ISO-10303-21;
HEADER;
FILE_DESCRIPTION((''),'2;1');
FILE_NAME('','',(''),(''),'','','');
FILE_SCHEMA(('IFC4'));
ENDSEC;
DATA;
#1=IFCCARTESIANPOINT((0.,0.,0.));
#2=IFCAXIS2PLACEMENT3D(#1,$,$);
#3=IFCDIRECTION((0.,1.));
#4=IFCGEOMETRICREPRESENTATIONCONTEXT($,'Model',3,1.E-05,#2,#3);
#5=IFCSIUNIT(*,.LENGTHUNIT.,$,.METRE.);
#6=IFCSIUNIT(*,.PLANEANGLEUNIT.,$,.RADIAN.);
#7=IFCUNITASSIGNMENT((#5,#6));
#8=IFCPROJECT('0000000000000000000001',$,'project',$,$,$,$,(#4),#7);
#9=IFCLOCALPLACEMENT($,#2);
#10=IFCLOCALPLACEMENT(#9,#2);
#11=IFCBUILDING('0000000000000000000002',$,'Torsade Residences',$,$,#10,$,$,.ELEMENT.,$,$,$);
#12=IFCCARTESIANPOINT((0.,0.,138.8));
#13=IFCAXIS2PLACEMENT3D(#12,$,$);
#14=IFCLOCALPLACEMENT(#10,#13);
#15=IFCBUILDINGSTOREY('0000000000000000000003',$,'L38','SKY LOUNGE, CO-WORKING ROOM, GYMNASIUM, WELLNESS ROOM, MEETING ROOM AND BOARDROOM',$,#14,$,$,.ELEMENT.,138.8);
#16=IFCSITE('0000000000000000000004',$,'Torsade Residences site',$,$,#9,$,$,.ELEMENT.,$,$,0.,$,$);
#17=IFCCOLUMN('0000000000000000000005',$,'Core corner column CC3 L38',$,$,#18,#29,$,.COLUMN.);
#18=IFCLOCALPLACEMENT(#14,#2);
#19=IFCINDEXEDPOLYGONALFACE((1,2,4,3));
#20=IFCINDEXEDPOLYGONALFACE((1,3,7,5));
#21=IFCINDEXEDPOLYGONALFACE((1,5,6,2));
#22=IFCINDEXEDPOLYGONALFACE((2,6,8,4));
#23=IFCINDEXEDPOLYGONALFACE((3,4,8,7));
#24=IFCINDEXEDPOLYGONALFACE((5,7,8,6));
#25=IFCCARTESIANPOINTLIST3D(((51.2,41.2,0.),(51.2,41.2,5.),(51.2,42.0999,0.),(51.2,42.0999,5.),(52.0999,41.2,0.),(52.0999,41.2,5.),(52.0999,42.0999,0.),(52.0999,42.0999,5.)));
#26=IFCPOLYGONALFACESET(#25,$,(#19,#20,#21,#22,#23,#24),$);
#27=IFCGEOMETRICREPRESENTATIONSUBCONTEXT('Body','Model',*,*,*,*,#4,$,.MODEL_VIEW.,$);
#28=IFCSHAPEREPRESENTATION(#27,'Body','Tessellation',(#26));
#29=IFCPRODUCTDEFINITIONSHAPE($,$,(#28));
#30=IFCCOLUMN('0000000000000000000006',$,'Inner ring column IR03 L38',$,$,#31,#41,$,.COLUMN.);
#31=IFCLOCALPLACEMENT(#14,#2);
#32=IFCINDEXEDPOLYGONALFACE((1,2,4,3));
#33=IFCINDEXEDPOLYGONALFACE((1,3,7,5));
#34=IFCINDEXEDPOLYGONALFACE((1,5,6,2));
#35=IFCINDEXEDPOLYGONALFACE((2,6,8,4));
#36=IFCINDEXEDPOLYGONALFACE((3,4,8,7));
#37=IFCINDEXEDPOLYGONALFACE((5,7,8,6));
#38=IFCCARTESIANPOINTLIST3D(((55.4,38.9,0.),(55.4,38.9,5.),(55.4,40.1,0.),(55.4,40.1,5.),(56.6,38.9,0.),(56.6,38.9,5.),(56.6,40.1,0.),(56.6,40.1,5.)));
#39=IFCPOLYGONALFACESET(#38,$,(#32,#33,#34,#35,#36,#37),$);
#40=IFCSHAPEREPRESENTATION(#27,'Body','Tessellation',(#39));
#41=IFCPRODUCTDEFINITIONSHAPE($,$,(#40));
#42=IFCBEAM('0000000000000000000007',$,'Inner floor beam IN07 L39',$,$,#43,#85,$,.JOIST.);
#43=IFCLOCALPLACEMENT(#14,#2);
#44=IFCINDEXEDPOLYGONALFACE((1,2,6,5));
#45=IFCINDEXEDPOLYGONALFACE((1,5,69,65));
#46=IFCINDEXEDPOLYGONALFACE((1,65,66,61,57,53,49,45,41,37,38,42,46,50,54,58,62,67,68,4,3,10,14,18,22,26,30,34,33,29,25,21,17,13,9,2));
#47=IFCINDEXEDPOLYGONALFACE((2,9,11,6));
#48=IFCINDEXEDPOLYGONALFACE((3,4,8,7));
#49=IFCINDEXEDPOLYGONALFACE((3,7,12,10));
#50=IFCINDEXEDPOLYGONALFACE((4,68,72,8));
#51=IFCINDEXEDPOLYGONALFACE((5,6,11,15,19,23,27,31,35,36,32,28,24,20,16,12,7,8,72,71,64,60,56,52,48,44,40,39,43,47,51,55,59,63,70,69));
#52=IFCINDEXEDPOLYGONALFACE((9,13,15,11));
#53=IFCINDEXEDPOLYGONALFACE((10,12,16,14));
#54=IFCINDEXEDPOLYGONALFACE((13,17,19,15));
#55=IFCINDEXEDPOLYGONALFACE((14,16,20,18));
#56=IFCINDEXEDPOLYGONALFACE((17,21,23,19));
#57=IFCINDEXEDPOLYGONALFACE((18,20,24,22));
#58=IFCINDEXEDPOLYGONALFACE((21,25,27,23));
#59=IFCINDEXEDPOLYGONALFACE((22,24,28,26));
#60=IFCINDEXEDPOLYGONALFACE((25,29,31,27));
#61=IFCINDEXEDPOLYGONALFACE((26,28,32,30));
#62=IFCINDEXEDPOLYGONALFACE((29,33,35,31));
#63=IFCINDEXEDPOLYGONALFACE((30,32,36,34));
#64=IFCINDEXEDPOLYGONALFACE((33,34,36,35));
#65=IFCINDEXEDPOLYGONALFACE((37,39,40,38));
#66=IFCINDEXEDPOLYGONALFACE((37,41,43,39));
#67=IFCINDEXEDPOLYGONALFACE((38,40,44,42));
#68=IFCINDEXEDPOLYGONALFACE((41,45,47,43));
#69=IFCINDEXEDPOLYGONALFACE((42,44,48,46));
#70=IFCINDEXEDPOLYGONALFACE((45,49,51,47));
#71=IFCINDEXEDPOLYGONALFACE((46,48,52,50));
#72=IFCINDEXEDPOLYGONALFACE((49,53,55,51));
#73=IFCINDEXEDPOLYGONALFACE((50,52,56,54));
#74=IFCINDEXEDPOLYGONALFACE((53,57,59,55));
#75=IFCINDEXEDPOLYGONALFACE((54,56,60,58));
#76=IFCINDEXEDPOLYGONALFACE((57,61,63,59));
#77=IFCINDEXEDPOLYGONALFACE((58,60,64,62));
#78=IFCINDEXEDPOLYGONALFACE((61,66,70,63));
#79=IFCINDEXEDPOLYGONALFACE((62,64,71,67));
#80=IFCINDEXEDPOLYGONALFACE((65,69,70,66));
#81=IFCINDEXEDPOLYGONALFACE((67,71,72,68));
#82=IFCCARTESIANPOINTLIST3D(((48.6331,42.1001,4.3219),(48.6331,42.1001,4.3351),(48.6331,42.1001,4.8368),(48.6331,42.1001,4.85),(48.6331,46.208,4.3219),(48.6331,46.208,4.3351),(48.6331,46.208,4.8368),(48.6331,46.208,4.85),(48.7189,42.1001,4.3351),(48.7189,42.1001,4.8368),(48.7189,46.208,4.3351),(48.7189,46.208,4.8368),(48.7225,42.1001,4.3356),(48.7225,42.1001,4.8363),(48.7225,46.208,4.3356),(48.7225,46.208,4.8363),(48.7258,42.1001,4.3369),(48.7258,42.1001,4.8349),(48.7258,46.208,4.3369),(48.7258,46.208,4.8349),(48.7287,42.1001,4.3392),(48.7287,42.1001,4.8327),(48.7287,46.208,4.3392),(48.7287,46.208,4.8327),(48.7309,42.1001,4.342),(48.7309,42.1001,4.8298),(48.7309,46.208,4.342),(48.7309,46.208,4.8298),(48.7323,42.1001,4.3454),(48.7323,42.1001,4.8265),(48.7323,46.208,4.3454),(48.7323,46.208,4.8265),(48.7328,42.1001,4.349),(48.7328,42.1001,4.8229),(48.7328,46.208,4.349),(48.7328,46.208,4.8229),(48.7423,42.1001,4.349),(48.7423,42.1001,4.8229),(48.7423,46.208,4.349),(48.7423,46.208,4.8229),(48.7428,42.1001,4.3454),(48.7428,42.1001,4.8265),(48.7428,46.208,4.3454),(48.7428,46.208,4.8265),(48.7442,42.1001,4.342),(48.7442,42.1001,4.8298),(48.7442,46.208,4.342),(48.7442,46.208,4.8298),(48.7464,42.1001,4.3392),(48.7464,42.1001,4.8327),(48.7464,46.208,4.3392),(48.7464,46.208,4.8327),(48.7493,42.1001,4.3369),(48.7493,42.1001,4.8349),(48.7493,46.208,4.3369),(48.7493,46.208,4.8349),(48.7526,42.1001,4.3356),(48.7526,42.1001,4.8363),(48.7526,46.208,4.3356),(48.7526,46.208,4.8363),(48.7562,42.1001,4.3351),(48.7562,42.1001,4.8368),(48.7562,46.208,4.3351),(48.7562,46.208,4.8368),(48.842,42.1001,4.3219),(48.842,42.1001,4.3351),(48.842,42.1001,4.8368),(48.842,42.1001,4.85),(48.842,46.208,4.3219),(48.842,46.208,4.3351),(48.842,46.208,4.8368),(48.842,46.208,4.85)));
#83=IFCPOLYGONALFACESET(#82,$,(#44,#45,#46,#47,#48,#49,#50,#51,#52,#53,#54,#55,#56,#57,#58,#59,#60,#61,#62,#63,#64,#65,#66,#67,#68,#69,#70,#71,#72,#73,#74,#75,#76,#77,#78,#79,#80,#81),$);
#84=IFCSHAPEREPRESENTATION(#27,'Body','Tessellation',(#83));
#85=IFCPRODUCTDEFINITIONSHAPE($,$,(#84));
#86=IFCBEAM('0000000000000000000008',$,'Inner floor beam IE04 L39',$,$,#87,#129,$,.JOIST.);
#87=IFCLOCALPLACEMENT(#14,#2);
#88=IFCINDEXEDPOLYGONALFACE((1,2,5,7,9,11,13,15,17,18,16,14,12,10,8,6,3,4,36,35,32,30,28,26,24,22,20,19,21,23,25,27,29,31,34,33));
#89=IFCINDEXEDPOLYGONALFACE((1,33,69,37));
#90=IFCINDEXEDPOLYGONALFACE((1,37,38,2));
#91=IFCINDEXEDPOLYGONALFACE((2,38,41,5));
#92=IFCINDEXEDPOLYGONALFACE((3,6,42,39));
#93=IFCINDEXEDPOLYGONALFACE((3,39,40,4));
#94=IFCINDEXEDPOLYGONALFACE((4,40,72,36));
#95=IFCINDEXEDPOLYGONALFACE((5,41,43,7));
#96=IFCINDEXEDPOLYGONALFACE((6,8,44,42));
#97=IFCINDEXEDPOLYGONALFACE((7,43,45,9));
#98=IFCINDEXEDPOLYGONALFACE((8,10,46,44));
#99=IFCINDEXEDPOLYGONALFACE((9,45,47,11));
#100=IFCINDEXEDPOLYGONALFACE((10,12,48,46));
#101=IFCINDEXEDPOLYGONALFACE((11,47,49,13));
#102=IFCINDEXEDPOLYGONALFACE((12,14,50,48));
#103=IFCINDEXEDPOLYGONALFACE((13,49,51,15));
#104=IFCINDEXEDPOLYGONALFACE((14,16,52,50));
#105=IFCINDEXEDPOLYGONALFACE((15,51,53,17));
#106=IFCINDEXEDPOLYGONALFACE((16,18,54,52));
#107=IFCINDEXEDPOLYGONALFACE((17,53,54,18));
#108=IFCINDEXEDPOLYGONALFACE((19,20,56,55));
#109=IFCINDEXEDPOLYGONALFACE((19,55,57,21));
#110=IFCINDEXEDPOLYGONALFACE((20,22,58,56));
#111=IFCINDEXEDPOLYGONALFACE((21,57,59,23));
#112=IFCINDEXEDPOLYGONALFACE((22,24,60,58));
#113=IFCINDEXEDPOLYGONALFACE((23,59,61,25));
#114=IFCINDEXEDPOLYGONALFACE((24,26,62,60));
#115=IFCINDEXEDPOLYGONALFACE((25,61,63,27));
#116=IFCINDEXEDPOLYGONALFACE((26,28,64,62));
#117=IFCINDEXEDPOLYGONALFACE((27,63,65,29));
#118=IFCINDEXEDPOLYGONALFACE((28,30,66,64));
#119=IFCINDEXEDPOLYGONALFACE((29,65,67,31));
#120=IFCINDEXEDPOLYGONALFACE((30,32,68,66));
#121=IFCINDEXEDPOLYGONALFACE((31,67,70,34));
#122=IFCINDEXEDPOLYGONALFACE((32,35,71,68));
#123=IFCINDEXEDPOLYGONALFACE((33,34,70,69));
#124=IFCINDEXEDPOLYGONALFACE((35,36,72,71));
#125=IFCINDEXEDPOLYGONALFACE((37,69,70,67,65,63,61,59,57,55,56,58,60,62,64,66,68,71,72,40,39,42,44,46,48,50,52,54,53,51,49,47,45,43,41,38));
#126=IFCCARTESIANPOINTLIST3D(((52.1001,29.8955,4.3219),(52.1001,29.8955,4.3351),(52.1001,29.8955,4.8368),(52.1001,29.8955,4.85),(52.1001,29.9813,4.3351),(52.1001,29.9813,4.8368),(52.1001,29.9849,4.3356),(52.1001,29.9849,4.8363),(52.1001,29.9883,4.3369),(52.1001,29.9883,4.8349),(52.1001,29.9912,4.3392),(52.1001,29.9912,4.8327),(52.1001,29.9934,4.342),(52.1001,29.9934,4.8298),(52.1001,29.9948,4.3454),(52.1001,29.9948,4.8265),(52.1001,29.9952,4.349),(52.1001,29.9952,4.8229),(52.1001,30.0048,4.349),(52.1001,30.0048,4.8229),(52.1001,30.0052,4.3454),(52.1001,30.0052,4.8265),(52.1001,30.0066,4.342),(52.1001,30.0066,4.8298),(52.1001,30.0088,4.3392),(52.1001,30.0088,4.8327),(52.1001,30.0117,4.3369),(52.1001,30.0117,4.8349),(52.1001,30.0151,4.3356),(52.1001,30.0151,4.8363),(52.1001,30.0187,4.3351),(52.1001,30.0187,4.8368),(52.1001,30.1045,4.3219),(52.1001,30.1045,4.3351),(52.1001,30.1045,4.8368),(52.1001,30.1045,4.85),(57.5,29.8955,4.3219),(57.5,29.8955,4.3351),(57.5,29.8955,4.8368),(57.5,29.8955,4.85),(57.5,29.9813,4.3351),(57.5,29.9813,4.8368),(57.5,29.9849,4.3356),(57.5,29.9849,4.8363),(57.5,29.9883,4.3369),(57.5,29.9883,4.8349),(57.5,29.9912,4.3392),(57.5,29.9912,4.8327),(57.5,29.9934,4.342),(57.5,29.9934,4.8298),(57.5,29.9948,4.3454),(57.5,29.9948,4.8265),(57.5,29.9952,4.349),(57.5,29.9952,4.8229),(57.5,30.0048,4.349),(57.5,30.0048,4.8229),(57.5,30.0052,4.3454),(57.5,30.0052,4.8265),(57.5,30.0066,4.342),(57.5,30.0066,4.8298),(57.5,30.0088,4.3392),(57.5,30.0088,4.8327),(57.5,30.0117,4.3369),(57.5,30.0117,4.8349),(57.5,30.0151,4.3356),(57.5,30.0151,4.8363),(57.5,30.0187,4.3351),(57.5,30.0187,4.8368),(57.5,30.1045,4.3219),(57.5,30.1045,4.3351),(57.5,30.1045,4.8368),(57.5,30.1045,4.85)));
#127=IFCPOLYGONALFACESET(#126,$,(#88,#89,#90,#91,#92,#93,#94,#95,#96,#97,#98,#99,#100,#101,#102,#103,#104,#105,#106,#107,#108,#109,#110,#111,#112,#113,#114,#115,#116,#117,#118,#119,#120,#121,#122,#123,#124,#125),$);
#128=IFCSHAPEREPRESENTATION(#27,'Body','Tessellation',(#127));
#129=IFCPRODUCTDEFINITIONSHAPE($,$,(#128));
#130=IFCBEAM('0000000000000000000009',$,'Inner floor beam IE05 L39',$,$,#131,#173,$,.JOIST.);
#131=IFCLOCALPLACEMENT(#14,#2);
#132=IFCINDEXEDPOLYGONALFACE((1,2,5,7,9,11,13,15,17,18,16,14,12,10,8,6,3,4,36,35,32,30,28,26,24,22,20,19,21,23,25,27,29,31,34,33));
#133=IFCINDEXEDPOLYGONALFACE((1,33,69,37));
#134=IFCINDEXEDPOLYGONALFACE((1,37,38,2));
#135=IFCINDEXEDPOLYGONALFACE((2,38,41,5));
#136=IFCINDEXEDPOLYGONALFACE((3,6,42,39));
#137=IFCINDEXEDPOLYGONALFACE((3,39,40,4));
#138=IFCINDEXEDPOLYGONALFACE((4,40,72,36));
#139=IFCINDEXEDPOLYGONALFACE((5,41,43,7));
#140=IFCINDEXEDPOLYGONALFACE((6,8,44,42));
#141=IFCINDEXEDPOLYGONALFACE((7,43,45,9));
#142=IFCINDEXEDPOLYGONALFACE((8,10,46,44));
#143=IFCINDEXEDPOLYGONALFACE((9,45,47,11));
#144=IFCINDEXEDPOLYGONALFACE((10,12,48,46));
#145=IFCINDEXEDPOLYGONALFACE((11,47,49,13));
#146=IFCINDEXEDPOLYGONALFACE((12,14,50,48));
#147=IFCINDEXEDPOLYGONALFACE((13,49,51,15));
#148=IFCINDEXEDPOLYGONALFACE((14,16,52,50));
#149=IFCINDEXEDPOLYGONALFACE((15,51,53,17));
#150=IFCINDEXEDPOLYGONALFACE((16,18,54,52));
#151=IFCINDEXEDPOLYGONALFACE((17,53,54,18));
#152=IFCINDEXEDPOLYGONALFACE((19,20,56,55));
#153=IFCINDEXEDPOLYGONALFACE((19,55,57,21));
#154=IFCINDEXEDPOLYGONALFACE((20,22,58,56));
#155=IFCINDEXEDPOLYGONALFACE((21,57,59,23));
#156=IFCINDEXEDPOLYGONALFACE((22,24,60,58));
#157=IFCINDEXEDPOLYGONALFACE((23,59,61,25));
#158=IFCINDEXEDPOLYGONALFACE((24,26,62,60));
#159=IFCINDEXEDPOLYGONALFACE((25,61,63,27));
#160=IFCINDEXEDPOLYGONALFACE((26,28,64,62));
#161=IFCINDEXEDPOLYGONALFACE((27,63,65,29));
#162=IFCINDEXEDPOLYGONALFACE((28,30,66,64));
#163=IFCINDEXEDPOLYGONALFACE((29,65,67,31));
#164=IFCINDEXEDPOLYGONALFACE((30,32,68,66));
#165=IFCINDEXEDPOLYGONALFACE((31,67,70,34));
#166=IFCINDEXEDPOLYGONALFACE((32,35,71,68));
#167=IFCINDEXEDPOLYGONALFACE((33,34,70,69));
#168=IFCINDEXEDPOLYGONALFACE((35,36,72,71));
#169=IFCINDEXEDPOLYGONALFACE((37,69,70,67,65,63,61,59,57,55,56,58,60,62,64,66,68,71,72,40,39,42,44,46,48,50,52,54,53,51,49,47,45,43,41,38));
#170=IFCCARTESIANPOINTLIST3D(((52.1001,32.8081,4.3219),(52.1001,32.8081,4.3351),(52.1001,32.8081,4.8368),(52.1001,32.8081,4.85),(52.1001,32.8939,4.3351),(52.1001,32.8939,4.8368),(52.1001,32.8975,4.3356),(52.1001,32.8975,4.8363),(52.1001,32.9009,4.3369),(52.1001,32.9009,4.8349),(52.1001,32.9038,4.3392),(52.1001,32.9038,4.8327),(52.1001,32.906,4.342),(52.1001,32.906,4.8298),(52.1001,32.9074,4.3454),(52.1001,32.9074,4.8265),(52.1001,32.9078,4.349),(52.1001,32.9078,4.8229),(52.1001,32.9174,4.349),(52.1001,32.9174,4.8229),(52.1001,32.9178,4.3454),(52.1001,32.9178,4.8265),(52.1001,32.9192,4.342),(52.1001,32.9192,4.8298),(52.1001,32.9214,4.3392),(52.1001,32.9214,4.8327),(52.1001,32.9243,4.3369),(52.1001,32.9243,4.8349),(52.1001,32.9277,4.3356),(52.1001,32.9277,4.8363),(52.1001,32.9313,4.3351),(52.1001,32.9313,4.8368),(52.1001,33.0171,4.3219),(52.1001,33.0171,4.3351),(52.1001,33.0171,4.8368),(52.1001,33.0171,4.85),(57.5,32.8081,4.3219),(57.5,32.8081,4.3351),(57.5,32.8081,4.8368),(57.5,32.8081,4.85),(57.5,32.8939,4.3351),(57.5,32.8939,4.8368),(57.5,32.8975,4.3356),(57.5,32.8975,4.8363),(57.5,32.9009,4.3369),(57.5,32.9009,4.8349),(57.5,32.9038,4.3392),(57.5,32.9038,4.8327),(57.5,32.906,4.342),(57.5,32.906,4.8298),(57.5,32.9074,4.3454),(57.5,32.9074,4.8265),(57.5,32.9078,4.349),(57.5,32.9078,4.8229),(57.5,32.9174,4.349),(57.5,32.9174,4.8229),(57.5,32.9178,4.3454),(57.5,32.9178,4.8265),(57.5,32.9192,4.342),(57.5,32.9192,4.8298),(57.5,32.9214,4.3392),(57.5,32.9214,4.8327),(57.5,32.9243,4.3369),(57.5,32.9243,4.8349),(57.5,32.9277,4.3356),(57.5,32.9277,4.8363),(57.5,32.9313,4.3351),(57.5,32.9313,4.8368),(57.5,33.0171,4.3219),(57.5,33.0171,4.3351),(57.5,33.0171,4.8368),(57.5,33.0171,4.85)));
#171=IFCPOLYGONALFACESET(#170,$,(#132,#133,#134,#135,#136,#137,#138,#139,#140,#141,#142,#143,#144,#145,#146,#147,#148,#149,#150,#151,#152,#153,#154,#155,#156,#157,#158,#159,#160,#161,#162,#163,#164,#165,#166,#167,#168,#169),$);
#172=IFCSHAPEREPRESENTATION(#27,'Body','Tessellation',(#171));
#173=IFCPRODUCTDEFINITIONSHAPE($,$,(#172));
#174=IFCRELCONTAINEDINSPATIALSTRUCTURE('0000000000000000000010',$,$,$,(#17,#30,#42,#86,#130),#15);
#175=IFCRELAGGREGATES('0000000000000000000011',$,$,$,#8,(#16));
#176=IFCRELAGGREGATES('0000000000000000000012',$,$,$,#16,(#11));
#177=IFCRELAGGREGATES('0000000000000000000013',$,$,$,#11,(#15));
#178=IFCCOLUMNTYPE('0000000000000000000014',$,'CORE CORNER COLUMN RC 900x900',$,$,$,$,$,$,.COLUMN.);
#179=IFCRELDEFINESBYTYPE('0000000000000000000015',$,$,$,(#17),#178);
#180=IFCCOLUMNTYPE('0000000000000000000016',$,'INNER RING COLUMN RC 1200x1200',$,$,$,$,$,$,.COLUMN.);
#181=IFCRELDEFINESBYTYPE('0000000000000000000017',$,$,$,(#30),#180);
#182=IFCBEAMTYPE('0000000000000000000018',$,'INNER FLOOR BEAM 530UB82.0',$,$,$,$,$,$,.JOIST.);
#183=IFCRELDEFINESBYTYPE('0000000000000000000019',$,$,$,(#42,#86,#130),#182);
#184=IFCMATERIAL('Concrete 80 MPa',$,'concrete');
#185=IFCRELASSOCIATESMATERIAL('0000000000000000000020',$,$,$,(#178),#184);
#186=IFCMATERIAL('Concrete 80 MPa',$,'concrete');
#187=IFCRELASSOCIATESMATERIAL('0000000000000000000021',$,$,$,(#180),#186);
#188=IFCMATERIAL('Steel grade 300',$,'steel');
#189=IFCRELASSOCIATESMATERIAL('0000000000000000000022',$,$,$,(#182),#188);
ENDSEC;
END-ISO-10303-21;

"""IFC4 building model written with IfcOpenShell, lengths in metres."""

from ifc_helpers import new_model, si_unit, direction, frame, origin, origin_2d, place, context, subcontext, project, spatial, rectangle, i_section, extrude, material, material_profile, profile_set, type_object, element, save


model = new_model("IFC4")

# Units and contexts
model_context = context("Model", 3, precision=1e-05, world=origin(), true_north=direction((0.0, 1.0)))
body_context = subcontext(model_context, "Body", "Model", "MODEL_VIEW")
ifc_project = project(units=[si_unit("LENGTHUNIT", "METRE"), si_unit("PLANEANGLEUNIT", "RADIAN")], contexts=[model_context])

# Site, building, storey
site_placement = place(None, origin())
site = spatial("IfcSite", under=ifc_project, at=site_placement, Name="Torsade Residences site", CompositionType="ELEMENT", RefElevation=0.0)
building_placement = place(site_placement, origin())
building = spatial("IfcBuilding", under=site, at=building_placement, Name="Torsade Residences", CompositionType="ELEMENT")
storey_placement = place(building_placement, frame((0.0, 0.0, 138.8)))
storey = spatial("IfcBuildingStorey", under=building, at=storey_placement, Name="L38", Description="SKY LOUNGE, CO-WORKING ROOM, GYMNASIUM, WELLNESS ROOM, MEETING ROOM AND BOARDROOM", CompositionType="ELEMENT", Elevation=138.8)

# Columns
ifc_material_1 = material(Name="Concrete 80 MPa", Category="concrete")
ifc_material_profile_1 = material_profile(ifc_material_1, rectangle(XDim=0.8999, YDim=0.8999, at=origin_2d()), Name="RC 900x900")
ifc_profile_set_1 = profile_set([ifc_material_profile_1], Name="Concrete 80 MPa")
column_type_1 = type_object("IfcColumnType", Name="CORE CORNER COLUMN RC 900x900", PredefinedType="COLUMN", material=ifc_profile_set_1)
column_1_placement = place(storey_placement, frame((51.6499, 41.6499, 0.0), z_axis=(0.0, 0.0, 1.0), x_axis=(1.0, 0.0, 0.0)))
element("IfcColumn", 1, at=column_1_placement, inside=storey, type_object=column_type_1, Name="Core corner column CC3 L38", PredefinedType="COLUMN", context=body_context, shape_type="SweptSolid", body=[
    extrude(rectangle(XDim=0.8999, YDim=0.8999, at=origin_2d()), origin(), (0.0, 0.0, 1.0), 5.0),
])
ifc_material_2 = material(Name="Concrete 80 MPa", Category="concrete")
ifc_material_profile_2 = material_profile(ifc_material_2, rectangle(XDim=1.2, YDim=1.2, at=origin_2d()), Name="RC 1200x1200")
ifc_profile_set_2 = profile_set([ifc_material_profile_2], Name="Concrete 80 MPa")
column_type_2 = type_object("IfcColumnType", Name="INNER RING COLUMN RC 1200x1200", PredefinedType="COLUMN", material=ifc_profile_set_2)
column_2_placement = place(storey_placement, frame((56.0, 39.5, 0.0), z_axis=(0.0, 0.0, 1.0), x_axis=(1.0, 0.0, 0.0)))
element("IfcColumn", 2, at=column_2_placement, inside=storey, type_object=column_type_2, Name="Inner ring column IR03 L38", PredefinedType="COLUMN", context=body_context, shape_type="SweptSolid", body=[
    extrude(rectangle(XDim=1.2, YDim=1.2, at=origin_2d()), origin(), (0.0, 0.0, 1.0), 5.0),
])

# Beams
ifc_material_3 = material(Name="Steel grade 300", Category="steel")
ifc_material_profile_3 = material_profile(ifc_material_3, i_section(OverallWidth=0.209, OverallDepth=0.5281, WebThickness=0.0095, FlangeThickness=0.0132, FilletRadius=0.0139, at=origin_2d()), Name="530UB82.0")
ifc_profile_set_3 = profile_set([ifc_material_profile_3], Name="Steel grade 300")
beam_type_1 = type_object("IfcBeamType", Name="INNER FLOOR BEAM 530UB82.0", PredefinedType="JOIST", material=ifc_profile_set_3)
beam_1_placement = place(storey_placement, frame((48.7375, 42.1001, 4.5859), z_axis=(0.0, 1.0, 0.0), x_axis=(-1.0, 0.0, 0.0)))
element("IfcBeam", 3, at=beam_1_placement, inside=storey, type_object=beam_type_1, Name="Inner floor beam IN07 L39", PredefinedType="JOIST", context=body_context, shape_type="SweptSolid", body=[
    extrude(i_section(OverallWidth=0.209, OverallDepth=0.5281, WebThickness=0.0095, FlangeThickness=0.0132, FilletRadius=0.0139, at=origin_2d()), origin(), (0.0, 0.0, 1.0), 4.1079),
])
for number, where, z_axis, x_axis, name in (
    (4, (52.1001, 30.0, 4.5859), (1.0, 0.0, 0.0), (0.0, 1.0, 0.0), "Inner floor beam IE04 L39"),
    (5, (52.1001, 32.9126, 4.5859), (1.0, 0.0, 0.0), (0.0, 1.0, 0.0), "Inner floor beam IE05 L39"),
):
    element("IfcBeam", number, at=place(storey_placement, frame(where, z_axis=z_axis, x_axis=x_axis)), inside=storey, type_object=beam_type_1, Name=name, PredefinedType="JOIST", context=body_context, shape_type="SweptSolid", body=[
        extrude(i_section(OverallWidth=0.209, OverallDepth=0.5281, WebThickness=0.0095, FlangeThickness=0.0132, FilletRadius=0.0139, at=origin_2d()), origin(), (0.0, 0.0, 1.0), 5.3999),
    ])

save(model, "model.ifc")
